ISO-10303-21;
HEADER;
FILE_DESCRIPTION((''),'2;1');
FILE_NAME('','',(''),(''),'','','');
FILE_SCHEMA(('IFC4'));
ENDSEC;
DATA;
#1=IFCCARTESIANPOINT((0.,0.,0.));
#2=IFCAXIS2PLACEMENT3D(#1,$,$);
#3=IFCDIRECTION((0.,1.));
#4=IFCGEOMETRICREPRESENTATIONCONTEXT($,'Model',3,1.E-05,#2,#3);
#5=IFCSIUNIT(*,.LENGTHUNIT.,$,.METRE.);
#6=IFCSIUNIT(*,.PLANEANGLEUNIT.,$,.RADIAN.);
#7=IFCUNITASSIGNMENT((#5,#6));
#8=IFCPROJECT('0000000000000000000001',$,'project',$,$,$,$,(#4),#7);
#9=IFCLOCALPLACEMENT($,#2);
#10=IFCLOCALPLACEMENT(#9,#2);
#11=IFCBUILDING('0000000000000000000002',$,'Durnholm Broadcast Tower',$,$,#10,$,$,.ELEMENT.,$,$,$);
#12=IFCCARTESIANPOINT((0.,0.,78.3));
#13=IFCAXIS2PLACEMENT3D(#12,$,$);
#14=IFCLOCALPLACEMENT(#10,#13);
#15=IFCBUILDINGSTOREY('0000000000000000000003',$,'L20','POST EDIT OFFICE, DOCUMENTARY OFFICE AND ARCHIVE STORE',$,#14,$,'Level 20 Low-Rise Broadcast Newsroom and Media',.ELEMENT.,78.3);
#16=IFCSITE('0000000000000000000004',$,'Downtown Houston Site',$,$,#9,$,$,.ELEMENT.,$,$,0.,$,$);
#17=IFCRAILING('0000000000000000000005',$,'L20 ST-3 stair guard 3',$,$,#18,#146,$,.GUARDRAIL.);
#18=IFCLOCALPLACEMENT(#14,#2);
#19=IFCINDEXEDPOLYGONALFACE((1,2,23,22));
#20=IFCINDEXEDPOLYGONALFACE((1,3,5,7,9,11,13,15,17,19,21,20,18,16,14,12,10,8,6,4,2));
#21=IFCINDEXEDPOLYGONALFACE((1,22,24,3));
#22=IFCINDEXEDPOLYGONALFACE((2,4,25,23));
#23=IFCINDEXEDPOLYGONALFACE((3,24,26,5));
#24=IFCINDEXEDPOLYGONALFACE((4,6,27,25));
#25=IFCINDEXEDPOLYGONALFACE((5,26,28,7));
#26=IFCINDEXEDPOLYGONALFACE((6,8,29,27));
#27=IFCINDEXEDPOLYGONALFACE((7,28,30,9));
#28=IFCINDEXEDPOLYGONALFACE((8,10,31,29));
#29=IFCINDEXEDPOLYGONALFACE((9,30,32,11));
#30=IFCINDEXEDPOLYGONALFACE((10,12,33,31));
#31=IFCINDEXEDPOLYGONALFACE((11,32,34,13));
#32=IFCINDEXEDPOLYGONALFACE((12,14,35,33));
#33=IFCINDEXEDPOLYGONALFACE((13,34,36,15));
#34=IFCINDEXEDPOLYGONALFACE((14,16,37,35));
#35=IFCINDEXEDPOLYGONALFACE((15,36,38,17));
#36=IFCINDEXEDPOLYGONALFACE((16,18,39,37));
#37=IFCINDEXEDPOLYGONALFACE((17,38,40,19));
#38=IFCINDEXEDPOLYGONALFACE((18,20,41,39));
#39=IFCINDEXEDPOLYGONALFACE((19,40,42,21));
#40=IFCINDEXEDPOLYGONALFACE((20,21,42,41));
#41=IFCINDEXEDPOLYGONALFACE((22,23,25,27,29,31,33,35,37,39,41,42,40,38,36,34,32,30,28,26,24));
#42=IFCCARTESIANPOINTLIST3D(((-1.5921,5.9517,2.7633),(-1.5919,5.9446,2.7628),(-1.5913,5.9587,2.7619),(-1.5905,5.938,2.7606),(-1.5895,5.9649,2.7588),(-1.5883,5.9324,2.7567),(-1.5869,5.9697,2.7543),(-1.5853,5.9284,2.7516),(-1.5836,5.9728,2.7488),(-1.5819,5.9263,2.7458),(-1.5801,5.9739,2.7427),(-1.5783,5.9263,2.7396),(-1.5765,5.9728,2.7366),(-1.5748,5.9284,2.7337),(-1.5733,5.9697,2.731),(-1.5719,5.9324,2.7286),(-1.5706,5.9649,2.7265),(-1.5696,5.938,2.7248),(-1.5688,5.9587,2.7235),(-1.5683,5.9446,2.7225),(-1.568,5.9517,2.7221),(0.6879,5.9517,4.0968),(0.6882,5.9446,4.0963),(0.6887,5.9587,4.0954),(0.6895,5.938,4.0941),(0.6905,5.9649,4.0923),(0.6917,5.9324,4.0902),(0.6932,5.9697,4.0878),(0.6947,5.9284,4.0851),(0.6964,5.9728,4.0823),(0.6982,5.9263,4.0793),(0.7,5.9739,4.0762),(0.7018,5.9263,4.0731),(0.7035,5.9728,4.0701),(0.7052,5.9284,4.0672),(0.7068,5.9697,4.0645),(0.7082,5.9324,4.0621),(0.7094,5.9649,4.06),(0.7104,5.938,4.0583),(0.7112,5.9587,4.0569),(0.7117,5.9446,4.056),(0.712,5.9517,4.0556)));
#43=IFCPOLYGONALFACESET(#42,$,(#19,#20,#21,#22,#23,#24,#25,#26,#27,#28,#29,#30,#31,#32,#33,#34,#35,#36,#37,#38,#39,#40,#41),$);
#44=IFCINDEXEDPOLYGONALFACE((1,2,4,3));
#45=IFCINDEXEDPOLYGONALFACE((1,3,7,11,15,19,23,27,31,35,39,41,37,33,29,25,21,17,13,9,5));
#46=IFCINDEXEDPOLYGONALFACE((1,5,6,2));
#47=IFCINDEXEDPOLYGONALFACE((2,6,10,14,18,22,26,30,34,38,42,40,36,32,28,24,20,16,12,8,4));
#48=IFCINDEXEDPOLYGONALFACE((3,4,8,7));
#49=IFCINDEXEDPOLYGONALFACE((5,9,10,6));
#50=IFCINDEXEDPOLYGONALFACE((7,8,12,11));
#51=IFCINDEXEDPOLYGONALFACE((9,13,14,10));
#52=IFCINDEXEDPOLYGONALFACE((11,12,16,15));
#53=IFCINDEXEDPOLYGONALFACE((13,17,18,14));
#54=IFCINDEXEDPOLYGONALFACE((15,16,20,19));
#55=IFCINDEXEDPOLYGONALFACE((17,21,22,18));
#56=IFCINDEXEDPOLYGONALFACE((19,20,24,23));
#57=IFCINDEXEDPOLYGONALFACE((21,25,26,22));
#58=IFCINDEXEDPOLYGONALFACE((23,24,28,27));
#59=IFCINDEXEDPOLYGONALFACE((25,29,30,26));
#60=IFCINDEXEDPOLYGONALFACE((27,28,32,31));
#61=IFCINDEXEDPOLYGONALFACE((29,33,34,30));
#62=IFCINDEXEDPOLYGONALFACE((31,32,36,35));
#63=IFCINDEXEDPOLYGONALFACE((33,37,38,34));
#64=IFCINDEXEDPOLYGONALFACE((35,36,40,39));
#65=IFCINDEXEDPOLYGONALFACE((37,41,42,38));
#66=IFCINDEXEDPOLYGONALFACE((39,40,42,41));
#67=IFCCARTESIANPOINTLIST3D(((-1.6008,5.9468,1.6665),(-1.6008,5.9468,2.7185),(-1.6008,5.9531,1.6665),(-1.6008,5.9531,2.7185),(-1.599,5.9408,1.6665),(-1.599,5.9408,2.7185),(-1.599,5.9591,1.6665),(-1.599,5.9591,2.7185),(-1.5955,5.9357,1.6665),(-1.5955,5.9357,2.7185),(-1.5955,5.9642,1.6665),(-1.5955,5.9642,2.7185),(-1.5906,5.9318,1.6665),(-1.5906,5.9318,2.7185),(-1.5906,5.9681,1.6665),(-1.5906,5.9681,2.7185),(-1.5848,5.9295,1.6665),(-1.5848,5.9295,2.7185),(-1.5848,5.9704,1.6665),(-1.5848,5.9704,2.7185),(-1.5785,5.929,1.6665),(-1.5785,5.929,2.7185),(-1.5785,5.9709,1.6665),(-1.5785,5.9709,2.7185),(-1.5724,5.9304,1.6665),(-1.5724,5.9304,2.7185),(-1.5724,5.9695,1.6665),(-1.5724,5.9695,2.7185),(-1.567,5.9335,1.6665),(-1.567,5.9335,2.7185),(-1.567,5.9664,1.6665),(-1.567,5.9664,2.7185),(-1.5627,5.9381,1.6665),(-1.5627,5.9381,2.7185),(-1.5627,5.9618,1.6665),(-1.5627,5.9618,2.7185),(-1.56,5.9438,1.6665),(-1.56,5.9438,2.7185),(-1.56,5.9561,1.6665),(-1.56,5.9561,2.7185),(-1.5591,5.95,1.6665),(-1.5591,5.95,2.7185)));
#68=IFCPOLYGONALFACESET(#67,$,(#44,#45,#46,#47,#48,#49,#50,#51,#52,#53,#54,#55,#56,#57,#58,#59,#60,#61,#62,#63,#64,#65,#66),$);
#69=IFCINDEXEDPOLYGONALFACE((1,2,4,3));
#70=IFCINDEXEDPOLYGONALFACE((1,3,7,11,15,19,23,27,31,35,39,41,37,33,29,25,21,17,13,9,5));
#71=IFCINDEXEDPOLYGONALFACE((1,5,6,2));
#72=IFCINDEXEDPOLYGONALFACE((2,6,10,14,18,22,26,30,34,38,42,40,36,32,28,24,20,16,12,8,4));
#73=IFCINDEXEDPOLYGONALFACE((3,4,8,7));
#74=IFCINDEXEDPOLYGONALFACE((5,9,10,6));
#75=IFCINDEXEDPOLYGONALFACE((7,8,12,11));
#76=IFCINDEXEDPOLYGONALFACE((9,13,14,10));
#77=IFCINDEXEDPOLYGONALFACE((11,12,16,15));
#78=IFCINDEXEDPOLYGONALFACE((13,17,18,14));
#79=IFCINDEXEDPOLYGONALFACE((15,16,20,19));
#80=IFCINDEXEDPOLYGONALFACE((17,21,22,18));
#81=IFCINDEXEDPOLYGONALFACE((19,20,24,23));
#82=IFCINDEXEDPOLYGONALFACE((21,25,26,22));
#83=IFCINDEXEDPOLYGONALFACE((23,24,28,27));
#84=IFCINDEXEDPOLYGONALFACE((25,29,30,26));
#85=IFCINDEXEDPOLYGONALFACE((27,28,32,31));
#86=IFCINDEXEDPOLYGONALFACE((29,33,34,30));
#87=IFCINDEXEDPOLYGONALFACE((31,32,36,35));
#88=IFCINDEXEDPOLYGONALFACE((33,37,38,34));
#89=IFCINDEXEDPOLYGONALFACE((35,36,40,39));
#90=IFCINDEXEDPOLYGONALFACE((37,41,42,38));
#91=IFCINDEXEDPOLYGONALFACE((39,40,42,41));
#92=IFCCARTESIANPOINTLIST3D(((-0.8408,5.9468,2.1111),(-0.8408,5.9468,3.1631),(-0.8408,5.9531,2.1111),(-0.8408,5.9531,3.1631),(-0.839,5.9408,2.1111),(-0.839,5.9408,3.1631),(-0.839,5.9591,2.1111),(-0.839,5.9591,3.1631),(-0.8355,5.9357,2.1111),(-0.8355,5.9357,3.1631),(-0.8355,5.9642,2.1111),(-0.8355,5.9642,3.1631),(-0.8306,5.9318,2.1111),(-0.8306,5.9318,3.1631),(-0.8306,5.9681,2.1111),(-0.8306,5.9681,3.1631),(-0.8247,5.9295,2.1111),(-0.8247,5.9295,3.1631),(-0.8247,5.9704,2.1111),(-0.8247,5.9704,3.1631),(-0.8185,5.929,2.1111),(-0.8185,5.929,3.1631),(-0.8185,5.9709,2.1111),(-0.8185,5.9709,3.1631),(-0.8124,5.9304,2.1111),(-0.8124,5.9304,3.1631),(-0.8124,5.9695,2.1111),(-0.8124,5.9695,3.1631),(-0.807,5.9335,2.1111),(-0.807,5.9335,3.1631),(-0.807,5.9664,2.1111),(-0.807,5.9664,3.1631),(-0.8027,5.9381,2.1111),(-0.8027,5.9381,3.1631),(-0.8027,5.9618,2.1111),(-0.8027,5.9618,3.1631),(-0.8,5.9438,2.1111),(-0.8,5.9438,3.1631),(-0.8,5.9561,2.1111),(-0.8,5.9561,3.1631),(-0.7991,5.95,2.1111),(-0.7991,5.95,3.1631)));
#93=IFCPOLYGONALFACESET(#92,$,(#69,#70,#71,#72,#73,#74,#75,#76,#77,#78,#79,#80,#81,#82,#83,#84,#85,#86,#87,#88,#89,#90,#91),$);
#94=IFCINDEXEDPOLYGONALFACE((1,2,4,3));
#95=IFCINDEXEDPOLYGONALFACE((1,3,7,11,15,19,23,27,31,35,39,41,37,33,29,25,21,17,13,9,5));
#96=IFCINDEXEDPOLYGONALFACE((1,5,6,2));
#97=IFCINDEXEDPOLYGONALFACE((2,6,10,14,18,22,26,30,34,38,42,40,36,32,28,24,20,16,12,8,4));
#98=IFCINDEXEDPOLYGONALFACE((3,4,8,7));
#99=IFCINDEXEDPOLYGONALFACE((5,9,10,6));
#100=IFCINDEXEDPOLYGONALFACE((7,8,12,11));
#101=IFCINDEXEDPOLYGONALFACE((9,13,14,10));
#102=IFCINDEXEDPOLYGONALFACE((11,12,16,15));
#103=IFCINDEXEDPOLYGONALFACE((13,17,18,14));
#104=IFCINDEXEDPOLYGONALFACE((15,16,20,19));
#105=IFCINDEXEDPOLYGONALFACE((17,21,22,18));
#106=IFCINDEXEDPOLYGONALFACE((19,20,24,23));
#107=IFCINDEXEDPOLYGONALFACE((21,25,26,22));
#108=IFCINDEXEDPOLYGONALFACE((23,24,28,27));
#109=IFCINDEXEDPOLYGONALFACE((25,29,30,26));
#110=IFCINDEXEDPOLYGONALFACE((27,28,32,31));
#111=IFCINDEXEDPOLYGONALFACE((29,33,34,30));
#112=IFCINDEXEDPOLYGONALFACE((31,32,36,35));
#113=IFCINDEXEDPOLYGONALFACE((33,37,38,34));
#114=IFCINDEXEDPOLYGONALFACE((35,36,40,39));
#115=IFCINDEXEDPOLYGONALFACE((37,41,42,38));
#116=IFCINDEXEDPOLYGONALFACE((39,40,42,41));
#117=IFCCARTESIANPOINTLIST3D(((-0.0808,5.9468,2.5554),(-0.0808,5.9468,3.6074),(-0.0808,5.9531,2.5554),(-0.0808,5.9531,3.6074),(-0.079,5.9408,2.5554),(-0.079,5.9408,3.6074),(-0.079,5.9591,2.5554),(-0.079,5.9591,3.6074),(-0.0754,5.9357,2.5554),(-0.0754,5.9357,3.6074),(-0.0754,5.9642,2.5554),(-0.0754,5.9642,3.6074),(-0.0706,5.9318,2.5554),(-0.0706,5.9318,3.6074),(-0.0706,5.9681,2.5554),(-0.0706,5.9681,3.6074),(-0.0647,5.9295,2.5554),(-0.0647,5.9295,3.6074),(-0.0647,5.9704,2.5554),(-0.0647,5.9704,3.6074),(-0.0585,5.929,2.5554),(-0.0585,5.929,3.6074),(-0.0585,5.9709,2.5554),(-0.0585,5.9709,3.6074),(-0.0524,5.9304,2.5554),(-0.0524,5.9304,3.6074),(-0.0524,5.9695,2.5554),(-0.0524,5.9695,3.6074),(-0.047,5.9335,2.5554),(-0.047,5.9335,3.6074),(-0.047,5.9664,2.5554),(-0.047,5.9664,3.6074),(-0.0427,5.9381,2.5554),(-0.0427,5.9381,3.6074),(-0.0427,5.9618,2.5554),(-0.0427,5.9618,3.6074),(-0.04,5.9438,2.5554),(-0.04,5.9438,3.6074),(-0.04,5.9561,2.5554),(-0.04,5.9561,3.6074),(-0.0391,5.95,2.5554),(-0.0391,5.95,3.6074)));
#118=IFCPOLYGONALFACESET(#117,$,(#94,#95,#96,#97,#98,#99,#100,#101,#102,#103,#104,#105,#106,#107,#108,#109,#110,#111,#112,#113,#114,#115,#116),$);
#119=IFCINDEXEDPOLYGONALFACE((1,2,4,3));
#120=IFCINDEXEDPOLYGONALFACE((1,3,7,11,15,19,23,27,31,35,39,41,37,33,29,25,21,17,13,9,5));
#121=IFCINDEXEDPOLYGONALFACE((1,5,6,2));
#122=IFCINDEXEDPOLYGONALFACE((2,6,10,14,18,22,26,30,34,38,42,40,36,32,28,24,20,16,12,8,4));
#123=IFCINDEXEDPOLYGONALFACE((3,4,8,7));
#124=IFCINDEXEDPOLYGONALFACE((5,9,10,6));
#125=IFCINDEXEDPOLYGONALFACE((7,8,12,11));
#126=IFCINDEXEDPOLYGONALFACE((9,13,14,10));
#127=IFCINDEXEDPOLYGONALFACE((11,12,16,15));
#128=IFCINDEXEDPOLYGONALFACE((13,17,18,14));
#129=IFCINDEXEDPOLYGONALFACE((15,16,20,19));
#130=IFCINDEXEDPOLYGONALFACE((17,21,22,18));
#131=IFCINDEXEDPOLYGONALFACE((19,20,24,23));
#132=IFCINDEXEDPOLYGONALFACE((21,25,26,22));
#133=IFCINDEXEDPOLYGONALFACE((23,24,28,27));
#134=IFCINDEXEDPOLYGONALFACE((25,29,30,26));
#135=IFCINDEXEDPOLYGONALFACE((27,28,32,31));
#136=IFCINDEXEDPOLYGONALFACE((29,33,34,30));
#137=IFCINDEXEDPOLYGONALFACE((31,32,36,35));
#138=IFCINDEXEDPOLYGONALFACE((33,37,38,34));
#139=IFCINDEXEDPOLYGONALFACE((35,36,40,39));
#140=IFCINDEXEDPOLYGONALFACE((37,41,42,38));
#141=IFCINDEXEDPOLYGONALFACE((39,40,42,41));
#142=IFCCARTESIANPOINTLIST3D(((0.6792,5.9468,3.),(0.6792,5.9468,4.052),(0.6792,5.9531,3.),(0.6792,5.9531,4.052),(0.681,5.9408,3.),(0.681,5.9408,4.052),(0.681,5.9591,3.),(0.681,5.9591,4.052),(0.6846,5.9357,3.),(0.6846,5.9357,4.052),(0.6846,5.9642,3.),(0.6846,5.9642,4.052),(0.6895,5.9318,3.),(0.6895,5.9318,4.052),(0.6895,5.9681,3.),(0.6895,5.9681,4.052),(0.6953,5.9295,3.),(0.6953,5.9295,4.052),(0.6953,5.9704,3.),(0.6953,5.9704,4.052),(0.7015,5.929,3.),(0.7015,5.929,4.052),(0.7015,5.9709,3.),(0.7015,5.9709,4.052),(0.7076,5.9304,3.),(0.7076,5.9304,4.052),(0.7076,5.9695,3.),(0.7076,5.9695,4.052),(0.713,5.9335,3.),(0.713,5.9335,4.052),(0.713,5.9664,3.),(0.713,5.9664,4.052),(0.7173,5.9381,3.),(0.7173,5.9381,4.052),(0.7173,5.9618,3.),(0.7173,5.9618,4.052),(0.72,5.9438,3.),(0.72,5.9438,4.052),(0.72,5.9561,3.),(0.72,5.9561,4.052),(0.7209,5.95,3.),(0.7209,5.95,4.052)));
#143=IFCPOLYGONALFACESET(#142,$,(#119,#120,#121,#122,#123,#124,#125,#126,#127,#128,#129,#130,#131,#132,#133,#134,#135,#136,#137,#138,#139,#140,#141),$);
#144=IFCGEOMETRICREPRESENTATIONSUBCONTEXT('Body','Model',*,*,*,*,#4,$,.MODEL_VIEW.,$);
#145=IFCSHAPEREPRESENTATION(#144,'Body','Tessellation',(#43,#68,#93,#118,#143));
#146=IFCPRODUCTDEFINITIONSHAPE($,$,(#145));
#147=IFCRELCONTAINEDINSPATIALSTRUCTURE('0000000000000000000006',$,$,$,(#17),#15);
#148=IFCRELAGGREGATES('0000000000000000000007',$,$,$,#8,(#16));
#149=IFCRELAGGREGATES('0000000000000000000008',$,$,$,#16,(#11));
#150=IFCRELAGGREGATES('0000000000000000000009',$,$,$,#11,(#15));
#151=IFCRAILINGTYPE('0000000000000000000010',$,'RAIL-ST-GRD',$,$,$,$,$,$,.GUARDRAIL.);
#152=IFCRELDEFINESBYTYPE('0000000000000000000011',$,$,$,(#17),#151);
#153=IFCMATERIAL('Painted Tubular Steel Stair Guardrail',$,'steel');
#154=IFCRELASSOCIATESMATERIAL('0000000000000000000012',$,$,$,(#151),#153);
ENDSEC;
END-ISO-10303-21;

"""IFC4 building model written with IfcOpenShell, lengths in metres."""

from ifc_helpers import new_model, si_unit, direction, frame, origin, origin_2d, place, context, subcontext, project, spatial, circle, extrude, material, type_object, element, save


model = new_model("IFC4")

# Units and contexts
model_context = context("Model", 3, precision=1e-05, world=origin(), true_north=direction((0.0, 1.0)))
body_context = subcontext(model_context, "Body", "Model", "MODEL_VIEW")
ifc_project = project(units=[si_unit("LENGTHUNIT", "METRE"), si_unit("PLANEANGLEUNIT", "RADIAN")], contexts=[model_context])

# Site, building, storey
site_placement = place(None, origin())
site = spatial("IfcSite", under=ifc_project, at=site_placement, Name="Downtown Houston Site", CompositionType="ELEMENT", RefElevation=0.0)
building_placement = place(site_placement, origin())
building = spatial("IfcBuilding", under=site, at=building_placement, Name="Durnholm Broadcast Tower", CompositionType="ELEMENT")
storey_placement = place(building_placement, frame((0.0, 0.0, 78.3)))
storey = spatial("IfcBuildingStorey", under=building, at=storey_placement, Name="L20", Description="POST EDIT OFFICE, DOCUMENTARY OFFICE AND ARCHIVE STORE", LongName="Level 20 Low-Rise Broadcast Newsroom and Media", CompositionType="ELEMENT", Elevation=78.3)

# Railing
ifc_material_1 = material(Name="Painted Tubular Steel Stair Guardrail", Category="steel")
railing_type_1 = type_object("IfcRailingType", Name="RAIL-ST-GRD", PredefinedType="GUARDRAIL", material=ifc_material_1)
railing_1_placement = place(storey_placement, frame((-1.5801, 5.95, 1.6665)))
element("IfcRailing", 1, at=railing_1_placement, inside=storey, type_object=railing_type_1, Name="L20 ST-3 stair guard 3", PredefinedType="GUARDRAIL", context=body_context, shape_type="SweptSolid", body=[
    extrude(circle(Radius=0.0239, at=origin_2d()), frame((0.0, 0.0, 1.0762), z_axis=(0.863205, 0.0, 0.504853), x_axis=(0.0, 1.0, 0.0)), (0.0, 0.0, 1.0), 2.6414),
    extrude(circle(Radius=0.021, at=origin_2d()), origin(), (0.0, 0.0, 1.0), 1.052),
    extrude(circle(Radius=0.021, at=origin_2d()), frame((0.76, 0.0, 0.4446)), (0.0, 0.0, 1.0), 1.052),
    extrude(circle(Radius=0.021, at=origin_2d()), frame((1.52, 0.0, 0.8889)), (0.0, 0.0, 1.0), 1.052),
    extrude(circle(Radius=0.021, at=origin_2d()), frame((2.28, 0.0, 1.3335)), (0.0, 0.0, 1.0), 1.052),
])

save(model, "model.ifc")
